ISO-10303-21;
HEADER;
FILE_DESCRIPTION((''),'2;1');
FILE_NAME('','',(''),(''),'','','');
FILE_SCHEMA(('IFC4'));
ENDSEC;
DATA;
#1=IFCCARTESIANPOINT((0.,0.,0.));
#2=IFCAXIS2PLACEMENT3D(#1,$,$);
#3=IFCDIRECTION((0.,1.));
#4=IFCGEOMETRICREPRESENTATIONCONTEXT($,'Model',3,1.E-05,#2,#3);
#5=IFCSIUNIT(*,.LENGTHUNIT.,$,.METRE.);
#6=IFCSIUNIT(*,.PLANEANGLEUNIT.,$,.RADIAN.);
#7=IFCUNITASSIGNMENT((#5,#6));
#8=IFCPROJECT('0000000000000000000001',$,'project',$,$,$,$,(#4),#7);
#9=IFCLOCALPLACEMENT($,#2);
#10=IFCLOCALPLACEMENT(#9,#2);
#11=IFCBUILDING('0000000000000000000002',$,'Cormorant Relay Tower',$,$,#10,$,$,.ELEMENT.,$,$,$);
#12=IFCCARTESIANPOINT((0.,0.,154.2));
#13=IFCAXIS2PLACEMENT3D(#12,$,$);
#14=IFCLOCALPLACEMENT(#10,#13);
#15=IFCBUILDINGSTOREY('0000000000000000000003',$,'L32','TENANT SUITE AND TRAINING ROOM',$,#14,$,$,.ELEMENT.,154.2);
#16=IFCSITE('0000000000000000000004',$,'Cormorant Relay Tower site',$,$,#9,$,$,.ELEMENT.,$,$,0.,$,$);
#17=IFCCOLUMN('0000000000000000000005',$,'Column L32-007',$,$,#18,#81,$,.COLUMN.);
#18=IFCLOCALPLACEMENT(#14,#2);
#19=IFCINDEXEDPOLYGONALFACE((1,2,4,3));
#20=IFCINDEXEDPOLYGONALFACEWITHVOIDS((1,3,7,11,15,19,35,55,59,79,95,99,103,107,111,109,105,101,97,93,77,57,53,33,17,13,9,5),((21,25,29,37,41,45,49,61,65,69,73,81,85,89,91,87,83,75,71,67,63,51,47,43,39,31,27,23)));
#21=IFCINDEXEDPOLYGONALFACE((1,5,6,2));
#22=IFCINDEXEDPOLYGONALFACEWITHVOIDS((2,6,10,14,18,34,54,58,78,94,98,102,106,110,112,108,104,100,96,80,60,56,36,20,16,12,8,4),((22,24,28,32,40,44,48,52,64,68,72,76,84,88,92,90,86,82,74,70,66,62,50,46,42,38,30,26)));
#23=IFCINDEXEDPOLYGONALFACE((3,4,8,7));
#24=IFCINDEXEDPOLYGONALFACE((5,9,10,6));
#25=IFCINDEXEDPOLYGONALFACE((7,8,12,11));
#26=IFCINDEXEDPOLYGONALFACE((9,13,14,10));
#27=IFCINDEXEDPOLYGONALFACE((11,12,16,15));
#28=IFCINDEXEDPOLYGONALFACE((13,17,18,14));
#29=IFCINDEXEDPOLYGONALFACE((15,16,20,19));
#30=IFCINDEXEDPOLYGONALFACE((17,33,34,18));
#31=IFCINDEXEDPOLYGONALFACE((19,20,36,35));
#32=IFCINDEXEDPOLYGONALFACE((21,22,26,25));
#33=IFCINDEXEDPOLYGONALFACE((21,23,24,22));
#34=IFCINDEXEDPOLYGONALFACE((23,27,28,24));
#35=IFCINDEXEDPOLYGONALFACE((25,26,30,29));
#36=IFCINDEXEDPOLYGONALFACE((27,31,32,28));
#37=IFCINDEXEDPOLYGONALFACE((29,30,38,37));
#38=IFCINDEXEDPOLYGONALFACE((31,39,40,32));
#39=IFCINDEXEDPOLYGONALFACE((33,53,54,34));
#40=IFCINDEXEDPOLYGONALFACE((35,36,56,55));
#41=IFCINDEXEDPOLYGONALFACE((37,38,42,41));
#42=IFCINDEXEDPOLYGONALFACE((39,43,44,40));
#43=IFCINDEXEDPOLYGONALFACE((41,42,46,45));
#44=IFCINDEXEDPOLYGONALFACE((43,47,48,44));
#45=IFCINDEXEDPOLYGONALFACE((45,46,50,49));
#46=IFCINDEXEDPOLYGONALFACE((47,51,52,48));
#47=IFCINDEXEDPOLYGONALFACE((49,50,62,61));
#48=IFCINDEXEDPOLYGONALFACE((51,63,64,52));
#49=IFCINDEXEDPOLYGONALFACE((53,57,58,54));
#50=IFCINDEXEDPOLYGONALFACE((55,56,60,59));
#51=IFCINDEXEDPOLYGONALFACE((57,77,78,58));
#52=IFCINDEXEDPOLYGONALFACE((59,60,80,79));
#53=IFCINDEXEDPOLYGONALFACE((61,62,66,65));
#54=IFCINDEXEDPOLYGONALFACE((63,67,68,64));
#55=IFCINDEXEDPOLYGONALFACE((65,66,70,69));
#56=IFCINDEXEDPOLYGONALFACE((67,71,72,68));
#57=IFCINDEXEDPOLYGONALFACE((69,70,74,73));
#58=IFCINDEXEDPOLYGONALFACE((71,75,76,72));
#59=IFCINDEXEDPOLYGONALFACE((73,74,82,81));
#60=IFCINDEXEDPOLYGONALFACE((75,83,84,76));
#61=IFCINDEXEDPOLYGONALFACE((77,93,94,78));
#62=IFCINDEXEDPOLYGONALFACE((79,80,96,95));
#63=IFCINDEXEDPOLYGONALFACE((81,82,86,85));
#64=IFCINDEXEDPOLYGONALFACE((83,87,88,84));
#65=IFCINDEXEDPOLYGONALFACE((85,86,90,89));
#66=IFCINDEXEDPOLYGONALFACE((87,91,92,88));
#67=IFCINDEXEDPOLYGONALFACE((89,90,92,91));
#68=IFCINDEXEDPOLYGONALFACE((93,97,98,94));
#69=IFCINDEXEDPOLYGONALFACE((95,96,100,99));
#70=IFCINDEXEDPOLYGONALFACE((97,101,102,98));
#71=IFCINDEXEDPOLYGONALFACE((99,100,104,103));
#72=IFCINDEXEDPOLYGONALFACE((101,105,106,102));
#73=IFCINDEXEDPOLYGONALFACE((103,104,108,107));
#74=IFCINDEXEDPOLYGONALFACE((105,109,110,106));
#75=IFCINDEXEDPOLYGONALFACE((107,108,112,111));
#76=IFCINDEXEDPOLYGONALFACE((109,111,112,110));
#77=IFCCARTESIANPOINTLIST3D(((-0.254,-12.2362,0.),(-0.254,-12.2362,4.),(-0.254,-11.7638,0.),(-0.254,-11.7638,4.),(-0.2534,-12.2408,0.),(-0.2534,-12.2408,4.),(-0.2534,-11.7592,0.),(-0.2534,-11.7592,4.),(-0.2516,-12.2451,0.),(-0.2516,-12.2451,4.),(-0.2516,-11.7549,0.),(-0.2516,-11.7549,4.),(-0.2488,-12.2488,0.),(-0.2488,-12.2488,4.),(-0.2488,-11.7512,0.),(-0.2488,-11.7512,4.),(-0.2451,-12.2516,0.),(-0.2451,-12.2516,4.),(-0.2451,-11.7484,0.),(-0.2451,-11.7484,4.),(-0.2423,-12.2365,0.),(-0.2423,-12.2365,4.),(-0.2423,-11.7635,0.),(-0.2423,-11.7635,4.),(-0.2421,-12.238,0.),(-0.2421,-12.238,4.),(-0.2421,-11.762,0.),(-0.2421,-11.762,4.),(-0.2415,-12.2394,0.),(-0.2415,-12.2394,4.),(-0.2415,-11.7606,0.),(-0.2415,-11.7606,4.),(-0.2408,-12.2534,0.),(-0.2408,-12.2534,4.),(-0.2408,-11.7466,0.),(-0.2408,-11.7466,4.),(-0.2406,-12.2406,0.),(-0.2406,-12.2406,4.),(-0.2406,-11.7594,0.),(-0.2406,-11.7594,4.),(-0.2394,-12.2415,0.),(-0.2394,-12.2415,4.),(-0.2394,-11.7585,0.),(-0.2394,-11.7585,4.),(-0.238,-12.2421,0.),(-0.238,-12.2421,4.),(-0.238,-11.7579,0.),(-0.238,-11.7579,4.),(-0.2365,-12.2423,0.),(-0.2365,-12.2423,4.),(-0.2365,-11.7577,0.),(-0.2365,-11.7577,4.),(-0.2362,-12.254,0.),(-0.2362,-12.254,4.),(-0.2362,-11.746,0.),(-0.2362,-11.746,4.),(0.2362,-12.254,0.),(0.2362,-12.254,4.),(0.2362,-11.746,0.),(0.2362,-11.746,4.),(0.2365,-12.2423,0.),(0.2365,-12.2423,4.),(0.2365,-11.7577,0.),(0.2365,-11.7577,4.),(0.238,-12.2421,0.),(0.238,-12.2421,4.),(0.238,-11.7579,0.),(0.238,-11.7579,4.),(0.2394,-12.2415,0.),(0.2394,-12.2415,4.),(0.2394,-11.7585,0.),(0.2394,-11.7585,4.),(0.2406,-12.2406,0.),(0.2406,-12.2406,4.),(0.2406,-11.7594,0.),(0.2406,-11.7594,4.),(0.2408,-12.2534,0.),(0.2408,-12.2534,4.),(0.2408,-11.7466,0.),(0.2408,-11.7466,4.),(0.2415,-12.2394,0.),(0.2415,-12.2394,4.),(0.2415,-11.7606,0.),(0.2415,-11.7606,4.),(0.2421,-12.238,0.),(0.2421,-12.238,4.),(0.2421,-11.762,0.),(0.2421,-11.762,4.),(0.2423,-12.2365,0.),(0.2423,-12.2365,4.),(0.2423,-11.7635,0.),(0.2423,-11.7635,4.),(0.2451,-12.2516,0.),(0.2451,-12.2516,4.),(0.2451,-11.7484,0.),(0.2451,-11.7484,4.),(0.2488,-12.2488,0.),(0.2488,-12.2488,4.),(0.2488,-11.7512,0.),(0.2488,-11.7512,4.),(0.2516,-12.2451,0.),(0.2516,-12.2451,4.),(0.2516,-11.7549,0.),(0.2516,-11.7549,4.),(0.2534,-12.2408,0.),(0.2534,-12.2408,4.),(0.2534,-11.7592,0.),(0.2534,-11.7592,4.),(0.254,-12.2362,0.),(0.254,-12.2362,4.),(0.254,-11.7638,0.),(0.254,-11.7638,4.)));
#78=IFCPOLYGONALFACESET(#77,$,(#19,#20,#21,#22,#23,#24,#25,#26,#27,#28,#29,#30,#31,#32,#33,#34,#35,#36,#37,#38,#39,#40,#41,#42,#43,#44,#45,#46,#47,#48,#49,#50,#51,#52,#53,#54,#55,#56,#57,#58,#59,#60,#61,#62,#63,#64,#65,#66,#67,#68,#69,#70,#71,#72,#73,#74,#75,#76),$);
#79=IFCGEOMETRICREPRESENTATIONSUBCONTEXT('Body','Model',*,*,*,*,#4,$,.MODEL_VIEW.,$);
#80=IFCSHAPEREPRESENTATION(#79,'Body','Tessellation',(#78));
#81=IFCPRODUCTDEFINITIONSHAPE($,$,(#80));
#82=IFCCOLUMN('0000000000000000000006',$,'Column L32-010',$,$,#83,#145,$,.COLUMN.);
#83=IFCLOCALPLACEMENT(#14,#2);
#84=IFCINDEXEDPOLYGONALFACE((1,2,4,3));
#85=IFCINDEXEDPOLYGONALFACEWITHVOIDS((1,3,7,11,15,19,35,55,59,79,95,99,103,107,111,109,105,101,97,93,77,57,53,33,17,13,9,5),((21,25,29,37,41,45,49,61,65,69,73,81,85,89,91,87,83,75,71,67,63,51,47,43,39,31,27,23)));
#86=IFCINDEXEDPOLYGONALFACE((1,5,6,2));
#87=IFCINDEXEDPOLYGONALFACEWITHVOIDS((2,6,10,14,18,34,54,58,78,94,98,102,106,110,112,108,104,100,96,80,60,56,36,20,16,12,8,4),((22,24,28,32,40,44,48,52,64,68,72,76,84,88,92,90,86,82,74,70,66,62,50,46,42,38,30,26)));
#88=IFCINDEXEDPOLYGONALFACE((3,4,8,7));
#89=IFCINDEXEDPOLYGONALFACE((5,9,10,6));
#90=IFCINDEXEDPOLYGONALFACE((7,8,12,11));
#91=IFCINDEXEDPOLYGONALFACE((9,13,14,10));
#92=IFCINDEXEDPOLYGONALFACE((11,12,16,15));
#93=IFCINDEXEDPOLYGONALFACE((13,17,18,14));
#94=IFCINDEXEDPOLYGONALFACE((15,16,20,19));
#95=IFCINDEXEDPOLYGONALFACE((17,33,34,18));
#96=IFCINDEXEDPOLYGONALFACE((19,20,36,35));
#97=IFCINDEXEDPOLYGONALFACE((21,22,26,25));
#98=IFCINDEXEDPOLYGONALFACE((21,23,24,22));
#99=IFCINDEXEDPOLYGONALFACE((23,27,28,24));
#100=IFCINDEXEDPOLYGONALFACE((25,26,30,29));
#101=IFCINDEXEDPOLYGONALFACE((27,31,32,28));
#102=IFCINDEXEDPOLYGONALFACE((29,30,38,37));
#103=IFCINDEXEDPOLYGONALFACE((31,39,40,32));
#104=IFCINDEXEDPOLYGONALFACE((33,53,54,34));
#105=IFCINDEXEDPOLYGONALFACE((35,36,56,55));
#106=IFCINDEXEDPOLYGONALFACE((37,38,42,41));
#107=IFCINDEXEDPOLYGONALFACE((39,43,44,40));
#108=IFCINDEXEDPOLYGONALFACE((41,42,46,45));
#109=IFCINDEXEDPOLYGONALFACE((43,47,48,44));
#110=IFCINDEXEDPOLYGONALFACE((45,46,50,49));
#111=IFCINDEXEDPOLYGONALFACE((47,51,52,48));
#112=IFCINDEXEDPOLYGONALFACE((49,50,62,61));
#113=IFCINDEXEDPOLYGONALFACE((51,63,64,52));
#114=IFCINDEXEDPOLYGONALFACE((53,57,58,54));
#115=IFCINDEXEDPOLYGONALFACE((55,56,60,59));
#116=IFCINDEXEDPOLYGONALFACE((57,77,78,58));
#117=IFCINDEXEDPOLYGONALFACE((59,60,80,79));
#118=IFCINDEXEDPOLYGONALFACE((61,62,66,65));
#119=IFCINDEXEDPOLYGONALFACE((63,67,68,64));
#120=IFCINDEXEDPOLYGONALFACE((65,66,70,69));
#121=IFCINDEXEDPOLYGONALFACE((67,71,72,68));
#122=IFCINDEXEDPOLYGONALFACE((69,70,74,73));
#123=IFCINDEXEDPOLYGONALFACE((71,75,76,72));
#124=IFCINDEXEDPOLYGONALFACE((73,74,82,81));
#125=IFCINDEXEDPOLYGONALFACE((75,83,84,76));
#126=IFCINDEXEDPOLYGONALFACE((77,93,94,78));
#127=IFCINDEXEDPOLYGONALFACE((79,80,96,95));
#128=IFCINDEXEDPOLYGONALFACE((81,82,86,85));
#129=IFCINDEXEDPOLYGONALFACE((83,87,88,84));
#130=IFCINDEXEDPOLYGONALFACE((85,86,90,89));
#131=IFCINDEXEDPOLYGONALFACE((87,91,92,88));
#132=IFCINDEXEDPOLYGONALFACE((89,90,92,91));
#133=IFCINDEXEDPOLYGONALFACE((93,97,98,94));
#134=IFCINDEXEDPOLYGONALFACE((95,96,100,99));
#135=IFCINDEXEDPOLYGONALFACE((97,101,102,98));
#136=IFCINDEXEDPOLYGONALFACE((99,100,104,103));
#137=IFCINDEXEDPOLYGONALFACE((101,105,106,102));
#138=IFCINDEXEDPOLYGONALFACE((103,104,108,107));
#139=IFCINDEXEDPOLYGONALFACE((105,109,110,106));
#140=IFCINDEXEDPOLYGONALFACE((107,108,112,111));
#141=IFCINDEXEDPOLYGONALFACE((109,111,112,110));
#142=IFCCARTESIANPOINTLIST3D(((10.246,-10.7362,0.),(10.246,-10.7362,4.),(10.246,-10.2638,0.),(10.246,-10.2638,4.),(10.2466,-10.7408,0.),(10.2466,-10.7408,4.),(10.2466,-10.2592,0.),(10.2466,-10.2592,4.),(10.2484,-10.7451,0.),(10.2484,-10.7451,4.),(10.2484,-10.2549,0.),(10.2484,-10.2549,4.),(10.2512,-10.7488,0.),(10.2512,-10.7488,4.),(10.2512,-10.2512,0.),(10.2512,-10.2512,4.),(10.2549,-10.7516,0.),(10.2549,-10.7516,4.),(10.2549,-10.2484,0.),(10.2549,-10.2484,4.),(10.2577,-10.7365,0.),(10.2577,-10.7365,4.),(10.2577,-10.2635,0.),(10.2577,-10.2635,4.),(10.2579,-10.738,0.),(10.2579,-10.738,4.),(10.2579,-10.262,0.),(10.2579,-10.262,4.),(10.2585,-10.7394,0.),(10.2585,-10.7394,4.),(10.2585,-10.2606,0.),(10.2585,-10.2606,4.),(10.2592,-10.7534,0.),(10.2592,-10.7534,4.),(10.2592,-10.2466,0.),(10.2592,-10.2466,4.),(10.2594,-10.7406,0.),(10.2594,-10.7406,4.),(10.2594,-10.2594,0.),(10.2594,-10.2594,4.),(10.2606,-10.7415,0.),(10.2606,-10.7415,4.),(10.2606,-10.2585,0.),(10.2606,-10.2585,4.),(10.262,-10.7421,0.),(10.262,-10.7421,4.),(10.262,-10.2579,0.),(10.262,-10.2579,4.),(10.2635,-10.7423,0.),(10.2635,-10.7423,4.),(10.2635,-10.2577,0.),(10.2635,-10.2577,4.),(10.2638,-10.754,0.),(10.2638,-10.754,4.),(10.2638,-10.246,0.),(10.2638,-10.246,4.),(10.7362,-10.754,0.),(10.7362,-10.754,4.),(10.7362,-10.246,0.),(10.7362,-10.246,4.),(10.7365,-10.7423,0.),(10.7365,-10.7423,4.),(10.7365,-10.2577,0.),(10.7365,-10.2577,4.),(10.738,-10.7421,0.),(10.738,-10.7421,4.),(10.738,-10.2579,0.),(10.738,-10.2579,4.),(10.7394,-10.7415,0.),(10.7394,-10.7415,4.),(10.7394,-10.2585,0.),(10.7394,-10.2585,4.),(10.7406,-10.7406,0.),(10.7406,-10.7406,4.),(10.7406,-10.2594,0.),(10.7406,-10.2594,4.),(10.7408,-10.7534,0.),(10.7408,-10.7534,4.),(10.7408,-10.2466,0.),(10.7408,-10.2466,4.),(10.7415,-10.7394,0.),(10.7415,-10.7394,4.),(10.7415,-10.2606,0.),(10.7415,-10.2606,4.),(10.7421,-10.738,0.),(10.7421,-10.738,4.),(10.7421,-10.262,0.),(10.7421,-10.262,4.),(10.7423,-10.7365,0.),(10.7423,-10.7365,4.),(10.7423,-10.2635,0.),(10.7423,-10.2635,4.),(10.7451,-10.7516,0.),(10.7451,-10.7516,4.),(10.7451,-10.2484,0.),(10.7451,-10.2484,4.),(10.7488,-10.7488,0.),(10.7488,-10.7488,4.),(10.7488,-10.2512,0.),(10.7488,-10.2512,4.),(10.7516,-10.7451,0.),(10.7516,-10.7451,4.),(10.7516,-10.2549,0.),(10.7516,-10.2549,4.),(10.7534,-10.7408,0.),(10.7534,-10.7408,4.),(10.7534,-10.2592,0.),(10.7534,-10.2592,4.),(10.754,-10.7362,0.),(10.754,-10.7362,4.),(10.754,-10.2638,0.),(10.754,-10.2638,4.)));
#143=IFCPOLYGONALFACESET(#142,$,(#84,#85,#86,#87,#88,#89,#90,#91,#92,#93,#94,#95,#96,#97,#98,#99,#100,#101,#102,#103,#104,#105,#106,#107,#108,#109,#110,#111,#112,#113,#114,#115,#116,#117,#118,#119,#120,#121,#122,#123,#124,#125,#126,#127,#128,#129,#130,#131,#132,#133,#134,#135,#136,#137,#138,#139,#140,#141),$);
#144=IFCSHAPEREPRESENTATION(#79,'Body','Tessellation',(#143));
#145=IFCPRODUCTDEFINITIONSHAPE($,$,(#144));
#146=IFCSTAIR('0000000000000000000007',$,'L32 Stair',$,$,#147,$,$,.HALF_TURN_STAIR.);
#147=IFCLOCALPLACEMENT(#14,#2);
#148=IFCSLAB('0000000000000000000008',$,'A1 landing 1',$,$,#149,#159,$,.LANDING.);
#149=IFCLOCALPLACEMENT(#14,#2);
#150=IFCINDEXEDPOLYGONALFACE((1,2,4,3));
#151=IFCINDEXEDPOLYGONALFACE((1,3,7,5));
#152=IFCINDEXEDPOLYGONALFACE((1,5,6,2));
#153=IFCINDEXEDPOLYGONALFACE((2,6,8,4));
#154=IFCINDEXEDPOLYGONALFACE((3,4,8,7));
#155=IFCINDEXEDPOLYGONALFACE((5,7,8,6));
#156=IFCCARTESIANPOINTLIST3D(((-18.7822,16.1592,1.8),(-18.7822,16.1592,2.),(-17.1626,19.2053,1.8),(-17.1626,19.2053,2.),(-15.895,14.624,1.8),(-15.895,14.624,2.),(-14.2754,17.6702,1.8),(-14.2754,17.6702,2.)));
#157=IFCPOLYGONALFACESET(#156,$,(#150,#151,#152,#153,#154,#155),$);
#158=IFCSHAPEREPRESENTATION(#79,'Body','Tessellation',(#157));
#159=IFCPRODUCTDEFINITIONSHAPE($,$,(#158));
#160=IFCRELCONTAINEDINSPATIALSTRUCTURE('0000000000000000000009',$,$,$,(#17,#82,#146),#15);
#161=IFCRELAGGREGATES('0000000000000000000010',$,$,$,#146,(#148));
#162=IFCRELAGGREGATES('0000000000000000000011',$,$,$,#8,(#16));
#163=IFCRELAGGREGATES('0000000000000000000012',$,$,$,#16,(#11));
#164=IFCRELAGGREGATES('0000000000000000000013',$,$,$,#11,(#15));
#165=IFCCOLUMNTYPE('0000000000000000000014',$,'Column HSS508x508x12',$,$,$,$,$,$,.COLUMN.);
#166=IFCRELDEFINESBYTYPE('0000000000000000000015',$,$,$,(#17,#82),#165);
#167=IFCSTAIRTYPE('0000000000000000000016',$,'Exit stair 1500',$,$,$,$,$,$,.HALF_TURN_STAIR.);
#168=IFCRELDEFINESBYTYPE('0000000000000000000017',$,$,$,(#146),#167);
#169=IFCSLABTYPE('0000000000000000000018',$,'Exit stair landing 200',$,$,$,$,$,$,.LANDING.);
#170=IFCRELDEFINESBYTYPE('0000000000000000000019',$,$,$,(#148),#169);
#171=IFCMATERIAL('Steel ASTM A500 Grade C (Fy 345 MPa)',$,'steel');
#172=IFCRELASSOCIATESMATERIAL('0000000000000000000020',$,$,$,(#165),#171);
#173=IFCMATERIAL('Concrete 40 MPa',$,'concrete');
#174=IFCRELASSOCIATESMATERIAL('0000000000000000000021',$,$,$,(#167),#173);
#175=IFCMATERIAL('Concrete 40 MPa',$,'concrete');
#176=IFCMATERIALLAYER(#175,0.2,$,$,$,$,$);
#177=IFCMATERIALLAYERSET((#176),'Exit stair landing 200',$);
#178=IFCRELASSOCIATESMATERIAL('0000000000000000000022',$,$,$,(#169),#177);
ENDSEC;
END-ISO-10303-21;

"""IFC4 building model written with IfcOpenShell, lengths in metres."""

from ifc_helpers import new_model, si_unit, direction, frame, origin, origin_2d, place, context, subcontext, project, spatial, polyline, hollow_rectangle, outline, extrude, material, layer, layer_set, material_profile, profile_set, type_object, element, aggregate, save


model = new_model("IFC4")

# Units and contexts
model_context = context("Model", 3, precision=1e-05, world=origin(), true_north=direction((0.0, 1.0)))
body_context = subcontext(model_context, "Body", "Model", "MODEL_VIEW")
ifc_project = project(units=[si_unit("LENGTHUNIT", "METRE"), si_unit("PLANEANGLEUNIT", "RADIAN")], contexts=[model_context])

# Site, building, storey
site_placement = place(None, origin())
site = spatial("IfcSite", under=ifc_project, at=site_placement, Name="Cormorant Relay Tower site", CompositionType="ELEMENT", RefElevation=0.0)
building_placement = place(site_placement, origin())
building = spatial("IfcBuilding", under=site, at=building_placement, Name="Cormorant Relay Tower", CompositionType="ELEMENT")
storey_placement = place(building_placement, frame((0.0, 0.0, 154.2)))
storey = spatial("IfcBuildingStorey", under=building, at=storey_placement, Name="L32", Description="TENANT SUITE AND TRAINING ROOM", CompositionType="ELEMENT", Elevation=154.2)

# Columns
ifc_material_1 = material(Name="Steel ASTM A500 Grade C (Fy 345 MPa)", Category="steel")
ifc_material_profile = material_profile(ifc_material_1, hollow_rectangle(XDim=0.5081, YDim=0.5081, WallThickness=0.0117, InnerFilletRadius=0.0059, OuterFilletRadius=0.0178, at=origin_2d()), Name="HSS508x508x12")
ifc_profile_set = profile_set([ifc_material_profile], Name="Steel ASTM A500 Grade C (Fy 345 MPa)")
column_type = type_object("IfcColumnType", Name="Column HSS508x508x12", PredefinedType="COLUMN", material=ifc_profile_set)
for number, where, z_axis, x_axis, name in (
    (1, (0.0, -12.0, 0.0), (0.0, 0.0, 1.0), (1.0, 0.0, 0.0), "Column L32-007"),
    (2, (10.5, -10.5, 0.0), (0.0, 0.0, 1.0), (1.0, 0.0, 0.0), "Column L32-010"),
):
    element("IfcColumn", number, at=place(storey_placement, frame(where, z_axis=z_axis, x_axis=x_axis)), inside=storey, type_object=column_type, Name=name, PredefinedType="COLUMN", context=body_context, shape_type="SweptSolid", body=[
        extrude(hollow_rectangle(XDim=0.5081, YDim=0.5081, WallThickness=0.0117, InnerFilletRadius=0.0059, OuterFilletRadius=0.0178, at=origin_2d()), origin(), (0.0, 0.0, 1.0), 4.0),
    ])

# Stair, slab
ifc_material_2 = material(Name="Concrete 40 MPa", Category="concrete")
stair_type = type_object("IfcStairType", Name="Exit stair 1500", PredefinedType="HALF_TURN_STAIR", material=ifc_material_2)
stair_placement = place(storey_placement, origin())
stair = element("IfcStair", 3, at=stair_placement, inside=storey, type_object=stair_type, Name="L32 Stair", PredefinedType="HALF_TURN_STAIR")
ifc_material_3 = material(Name="Concrete 40 MPa", Category="concrete")
ifc_layer_1 = layer(ifc_material_3, 0.2)
ifc_layer_set_1 = layer_set([ifc_layer_1], Name="Exit stair landing 200")
slab_type_1 = type_object("IfcSlabType", Name="Exit stair landing 200", PredefinedType="LANDING", material=ifc_layer_set_1)
slab_1_placement = place(storey_placement, frame((0.0, 0.0, 1.8)))
slab_1 = element("IfcSlab", 4, at=slab_1_placement, type_object=slab_type_1, Name="A1 landing 1", PredefinedType="LANDING", context=body_context, shape_type="SweptSolid", body=[
    extrude(outline(polyline([(-18.7822, 16.1592), (-15.895, 14.624), (-14.2754, 17.6702), (-17.1626, 19.2053), (-18.7822, 16.1592)])), origin(), (0.0, 0.0, 1.0), 0.2),
])
aggregate(stair, [slab_1])

save(model, "model.ifc")
